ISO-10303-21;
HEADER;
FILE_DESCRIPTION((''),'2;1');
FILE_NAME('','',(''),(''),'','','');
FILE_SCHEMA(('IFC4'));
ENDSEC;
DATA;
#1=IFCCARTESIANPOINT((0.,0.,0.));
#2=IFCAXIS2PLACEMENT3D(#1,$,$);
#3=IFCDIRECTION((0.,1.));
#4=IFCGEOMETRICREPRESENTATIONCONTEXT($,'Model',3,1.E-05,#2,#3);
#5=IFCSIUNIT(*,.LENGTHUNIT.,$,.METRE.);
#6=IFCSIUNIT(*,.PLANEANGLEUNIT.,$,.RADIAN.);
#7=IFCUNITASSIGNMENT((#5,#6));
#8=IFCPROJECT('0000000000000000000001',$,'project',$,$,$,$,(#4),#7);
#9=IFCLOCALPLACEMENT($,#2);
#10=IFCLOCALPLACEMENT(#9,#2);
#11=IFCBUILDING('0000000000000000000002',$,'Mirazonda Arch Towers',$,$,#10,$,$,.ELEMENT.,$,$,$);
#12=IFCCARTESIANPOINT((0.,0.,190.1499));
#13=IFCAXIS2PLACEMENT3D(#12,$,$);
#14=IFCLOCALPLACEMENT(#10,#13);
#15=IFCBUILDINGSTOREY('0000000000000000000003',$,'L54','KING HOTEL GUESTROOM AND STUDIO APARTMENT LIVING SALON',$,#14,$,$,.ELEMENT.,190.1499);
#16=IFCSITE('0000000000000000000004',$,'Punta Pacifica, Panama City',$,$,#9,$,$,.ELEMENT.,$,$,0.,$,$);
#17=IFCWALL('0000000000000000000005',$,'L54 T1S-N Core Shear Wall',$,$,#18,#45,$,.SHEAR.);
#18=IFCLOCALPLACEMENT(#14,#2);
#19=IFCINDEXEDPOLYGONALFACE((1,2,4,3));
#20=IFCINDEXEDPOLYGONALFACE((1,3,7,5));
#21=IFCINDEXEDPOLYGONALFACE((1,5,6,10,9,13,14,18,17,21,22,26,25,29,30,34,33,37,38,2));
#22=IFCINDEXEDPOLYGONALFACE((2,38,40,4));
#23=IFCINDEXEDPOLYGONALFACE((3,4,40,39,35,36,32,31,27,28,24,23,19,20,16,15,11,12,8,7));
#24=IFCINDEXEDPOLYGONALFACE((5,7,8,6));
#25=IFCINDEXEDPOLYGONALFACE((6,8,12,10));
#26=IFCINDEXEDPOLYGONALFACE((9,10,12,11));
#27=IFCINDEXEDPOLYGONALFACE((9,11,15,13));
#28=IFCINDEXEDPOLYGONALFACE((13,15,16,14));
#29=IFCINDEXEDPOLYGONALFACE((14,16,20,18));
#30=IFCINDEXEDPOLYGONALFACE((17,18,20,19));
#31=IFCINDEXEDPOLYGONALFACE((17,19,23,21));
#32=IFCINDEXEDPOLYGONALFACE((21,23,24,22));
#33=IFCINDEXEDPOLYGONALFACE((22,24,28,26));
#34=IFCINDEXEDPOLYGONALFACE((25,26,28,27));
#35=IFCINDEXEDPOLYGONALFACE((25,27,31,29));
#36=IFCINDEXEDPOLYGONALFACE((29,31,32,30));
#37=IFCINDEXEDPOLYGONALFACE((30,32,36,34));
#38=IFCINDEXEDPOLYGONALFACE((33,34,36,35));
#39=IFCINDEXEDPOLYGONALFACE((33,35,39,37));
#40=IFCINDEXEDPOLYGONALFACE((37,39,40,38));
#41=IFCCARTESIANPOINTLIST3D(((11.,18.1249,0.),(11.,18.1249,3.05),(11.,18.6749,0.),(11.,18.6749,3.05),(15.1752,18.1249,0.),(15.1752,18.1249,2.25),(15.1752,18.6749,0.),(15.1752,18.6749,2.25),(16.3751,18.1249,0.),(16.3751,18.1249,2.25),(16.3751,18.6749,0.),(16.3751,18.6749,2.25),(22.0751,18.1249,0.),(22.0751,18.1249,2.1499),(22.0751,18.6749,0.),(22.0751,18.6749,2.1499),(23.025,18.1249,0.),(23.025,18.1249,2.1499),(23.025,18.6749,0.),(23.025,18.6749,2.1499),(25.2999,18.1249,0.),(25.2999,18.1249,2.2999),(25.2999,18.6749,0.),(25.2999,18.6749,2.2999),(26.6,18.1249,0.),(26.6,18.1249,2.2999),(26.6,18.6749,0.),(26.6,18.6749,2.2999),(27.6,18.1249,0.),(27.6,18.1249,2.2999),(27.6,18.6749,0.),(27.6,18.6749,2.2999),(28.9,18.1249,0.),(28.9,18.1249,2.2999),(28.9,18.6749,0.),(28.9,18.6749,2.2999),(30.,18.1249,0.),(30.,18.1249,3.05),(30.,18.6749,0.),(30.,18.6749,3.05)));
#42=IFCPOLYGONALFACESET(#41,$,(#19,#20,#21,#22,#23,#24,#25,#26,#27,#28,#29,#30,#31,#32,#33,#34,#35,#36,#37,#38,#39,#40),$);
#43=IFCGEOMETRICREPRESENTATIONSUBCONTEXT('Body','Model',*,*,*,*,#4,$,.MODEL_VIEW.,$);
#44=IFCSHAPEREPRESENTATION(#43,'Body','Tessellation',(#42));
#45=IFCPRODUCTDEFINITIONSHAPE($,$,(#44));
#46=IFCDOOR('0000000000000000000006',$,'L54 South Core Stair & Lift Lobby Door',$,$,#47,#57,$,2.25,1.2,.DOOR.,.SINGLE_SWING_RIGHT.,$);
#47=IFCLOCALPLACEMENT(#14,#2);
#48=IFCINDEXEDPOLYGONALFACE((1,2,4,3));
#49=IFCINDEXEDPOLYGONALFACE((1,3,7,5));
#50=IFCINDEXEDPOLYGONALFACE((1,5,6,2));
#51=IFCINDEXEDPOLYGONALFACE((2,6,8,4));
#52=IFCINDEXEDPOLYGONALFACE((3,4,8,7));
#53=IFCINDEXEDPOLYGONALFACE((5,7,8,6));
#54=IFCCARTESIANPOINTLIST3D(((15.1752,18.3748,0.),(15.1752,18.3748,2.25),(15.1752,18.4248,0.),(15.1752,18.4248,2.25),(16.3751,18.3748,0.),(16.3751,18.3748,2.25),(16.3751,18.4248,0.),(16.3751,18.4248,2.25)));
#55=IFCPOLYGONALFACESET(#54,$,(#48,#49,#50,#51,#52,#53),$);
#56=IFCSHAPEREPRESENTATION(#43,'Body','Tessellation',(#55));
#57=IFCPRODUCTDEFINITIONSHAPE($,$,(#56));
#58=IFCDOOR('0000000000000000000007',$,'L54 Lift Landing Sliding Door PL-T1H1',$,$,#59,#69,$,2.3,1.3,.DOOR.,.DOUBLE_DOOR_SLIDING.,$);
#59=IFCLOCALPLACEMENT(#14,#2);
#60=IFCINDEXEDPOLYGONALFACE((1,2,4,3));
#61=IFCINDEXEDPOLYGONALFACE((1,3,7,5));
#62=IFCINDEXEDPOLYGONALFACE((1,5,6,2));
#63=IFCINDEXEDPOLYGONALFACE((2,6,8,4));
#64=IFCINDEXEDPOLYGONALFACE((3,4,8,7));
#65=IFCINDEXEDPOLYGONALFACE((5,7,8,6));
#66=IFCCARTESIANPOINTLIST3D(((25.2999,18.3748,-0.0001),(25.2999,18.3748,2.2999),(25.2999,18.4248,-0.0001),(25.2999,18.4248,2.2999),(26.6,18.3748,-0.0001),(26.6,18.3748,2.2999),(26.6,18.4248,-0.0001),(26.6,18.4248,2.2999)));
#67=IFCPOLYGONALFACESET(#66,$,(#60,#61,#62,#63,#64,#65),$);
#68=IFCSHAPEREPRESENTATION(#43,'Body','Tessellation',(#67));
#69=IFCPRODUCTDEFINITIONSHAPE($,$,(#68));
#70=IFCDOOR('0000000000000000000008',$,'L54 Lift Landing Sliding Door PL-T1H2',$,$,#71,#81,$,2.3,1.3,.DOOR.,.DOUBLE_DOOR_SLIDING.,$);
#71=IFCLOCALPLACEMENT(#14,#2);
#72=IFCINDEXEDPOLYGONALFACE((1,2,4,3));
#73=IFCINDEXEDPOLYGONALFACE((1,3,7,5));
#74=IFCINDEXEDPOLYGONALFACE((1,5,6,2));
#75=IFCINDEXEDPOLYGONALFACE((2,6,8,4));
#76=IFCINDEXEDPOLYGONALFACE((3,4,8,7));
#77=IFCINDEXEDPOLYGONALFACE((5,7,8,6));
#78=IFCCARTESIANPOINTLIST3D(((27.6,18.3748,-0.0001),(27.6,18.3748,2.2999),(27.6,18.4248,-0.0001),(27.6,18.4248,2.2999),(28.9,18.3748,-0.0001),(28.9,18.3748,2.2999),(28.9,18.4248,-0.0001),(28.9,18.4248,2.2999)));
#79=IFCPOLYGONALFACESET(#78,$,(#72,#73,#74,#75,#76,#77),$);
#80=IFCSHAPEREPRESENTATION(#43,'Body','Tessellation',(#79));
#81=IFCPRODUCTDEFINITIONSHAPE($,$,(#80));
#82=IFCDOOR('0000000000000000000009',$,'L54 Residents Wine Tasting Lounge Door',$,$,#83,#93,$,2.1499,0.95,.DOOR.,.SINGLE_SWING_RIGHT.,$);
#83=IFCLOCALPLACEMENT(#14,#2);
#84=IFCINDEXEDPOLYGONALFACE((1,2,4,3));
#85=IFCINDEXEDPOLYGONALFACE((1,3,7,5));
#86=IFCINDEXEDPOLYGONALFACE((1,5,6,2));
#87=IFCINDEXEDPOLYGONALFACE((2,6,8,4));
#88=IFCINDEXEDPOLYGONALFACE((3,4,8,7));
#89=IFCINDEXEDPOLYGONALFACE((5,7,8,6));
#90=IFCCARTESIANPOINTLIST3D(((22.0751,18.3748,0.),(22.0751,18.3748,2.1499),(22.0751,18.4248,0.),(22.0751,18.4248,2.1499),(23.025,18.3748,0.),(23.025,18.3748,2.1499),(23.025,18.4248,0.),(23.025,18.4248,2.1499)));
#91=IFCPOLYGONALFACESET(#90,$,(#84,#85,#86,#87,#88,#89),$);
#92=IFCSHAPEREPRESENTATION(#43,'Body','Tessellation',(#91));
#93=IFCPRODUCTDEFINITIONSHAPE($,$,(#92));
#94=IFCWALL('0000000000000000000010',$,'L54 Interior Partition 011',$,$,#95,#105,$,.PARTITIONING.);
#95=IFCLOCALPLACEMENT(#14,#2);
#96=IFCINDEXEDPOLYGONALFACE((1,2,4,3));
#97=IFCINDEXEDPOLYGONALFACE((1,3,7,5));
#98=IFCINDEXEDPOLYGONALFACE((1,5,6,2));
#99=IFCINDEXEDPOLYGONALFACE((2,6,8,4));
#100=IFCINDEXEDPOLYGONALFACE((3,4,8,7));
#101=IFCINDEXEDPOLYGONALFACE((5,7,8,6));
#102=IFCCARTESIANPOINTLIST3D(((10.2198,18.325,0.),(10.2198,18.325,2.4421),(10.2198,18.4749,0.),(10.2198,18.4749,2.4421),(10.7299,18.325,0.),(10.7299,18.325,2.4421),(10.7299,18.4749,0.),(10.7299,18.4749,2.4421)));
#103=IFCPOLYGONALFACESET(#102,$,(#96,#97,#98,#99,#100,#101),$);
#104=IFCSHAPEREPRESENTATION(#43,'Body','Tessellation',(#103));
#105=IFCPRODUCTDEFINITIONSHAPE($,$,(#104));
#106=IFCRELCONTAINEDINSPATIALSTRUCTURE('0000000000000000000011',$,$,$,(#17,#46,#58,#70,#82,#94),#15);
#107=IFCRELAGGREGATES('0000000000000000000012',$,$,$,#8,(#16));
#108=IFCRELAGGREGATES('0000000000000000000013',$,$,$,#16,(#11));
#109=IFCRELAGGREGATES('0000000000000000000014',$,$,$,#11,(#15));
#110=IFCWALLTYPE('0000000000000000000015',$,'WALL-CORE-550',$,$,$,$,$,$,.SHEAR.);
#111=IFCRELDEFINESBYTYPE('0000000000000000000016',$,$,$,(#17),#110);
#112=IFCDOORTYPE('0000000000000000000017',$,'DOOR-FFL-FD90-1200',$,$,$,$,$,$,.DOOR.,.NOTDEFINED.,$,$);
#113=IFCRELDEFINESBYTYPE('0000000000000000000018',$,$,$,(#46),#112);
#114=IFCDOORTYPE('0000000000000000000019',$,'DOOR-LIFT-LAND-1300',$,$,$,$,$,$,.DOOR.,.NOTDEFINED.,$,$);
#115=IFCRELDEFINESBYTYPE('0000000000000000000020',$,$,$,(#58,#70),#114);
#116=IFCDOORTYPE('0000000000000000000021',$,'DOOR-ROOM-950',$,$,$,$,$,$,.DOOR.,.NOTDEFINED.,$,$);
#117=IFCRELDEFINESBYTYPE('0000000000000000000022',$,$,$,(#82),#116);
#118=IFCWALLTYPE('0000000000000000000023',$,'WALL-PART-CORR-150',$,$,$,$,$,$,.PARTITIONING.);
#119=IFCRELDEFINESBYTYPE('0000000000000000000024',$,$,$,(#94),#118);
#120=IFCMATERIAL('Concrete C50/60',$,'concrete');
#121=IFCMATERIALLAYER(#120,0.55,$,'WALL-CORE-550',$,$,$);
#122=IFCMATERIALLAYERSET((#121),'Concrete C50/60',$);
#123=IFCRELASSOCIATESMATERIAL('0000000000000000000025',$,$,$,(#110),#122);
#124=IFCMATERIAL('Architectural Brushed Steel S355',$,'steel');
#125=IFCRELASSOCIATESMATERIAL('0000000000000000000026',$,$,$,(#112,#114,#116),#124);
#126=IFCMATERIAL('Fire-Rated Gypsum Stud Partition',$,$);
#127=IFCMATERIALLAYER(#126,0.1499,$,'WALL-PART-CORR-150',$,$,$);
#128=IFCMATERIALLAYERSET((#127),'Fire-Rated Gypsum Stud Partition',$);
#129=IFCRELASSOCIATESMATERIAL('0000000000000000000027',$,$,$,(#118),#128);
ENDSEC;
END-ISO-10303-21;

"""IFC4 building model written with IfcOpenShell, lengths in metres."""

from ifc_helpers import new_model, si_unit, direction, frame, frame_2d, origin, place, context, subcontext, project, spatial, rectangle, extrude, material, layer, layer_set, type_object, element, fill, save


model = new_model("IFC4")

# Units and contexts
model_context = context("Model", 3, precision=1e-05, world=origin(), true_north=direction((0.0, 1.0)))
body_context = subcontext(model_context, "Body", "Model", "MODEL_VIEW")
ifc_project = project(units=[si_unit("LENGTHUNIT", "METRE"), si_unit("PLANEANGLEUNIT", "RADIAN")], contexts=[model_context])

# Site, building, storey
site_placement = place(None, origin())
site = spatial("IfcSite", under=ifc_project, at=site_placement, Name="Punta Pacifica, Panama City", CompositionType="ELEMENT", RefElevation=0.0)
building_placement = place(site_placement, origin())
building = spatial("IfcBuilding", under=site, at=building_placement, Name="Mirazonda Arch Towers", CompositionType="ELEMENT")
storey_placement = place(building_placement, frame((0.0, 0.0, 190.1499)))
storey = spatial("IfcBuildingStorey", under=building, at=storey_placement, Name="L54", Description="KING HOTEL GUESTROOM AND STUDIO APARTMENT LIVING SALON", CompositionType="ELEMENT", Elevation=190.1499)

# Shared definitions
ifc_material_1 = material(Name="Concrete C50/60", Category="concrete")

# Shared definitions
ifc_material_2 = material(Name="Architectural Brushed Steel S355", Category="steel")

# Wall, openings, doors
ifc_layer_1 = layer(ifc_material_1, 0.55, Name="WALL-CORE-550")
ifc_layer_set_1 = layer_set([ifc_layer_1], Name="Concrete C50/60")
wall_type_1 = type_object("IfcWallType", Name="WALL-CORE-550", PredefinedType="SHEAR", material=ifc_layer_set_1)
wall_1_placement = place(storey_placement, frame((11.0, 18.3999, 0.0), z_axis=(0.0, 0.0, 1.0), x_axis=(1.0, 0.0, 0.0)))
wall_1 = element("IfcWall", 1, at=wall_1_placement, inside=storey, type_object=wall_type_1, Name="L54 T1S-N Core Shear Wall", PredefinedType="SHEAR", context=body_context, shape_type="SweptSolid", body=[
    extrude(rectangle(XDim=19.0, YDim=0.55, at=frame_2d((9.5, 0.0))), origin(), (0.0, 0.0, 1.0), 3.05),
])
opening_1_placement = place(wall_1_placement, frame((4.175, 0.0, 0.0)))
opening_1 = element("IfcOpeningElement", 2, at=opening_1_placement, cuts=wall_1, PredefinedType="OPENING", context=body_context, shape_type="SweptSolid", body=[
    extrude(rectangle(XDim=1.2, YDim=2.25, at=frame_2d((0.6001, 1.125))), frame((0.0, 0.2849, 0.0), z_axis=(0.0, -1.0, 0.0), x_axis=(1.0, 0.0, 0.0)), (0.0, 0.0, 1.0), 0.5701),
])
opening_2_placement = place(wall_1_placement, frame((11.075, 0.0, 0.0)))
opening_2 = element("IfcOpeningElement", 3, at=opening_2_placement, cuts=wall_1, PredefinedType="OPENING", context=body_context, shape_type="SweptSolid", body=[
    extrude(rectangle(XDim=0.95, YDim=2.1499, at=frame_2d((0.4751, 1.075))), frame((0.0, 0.2849, 0.0), z_axis=(0.0, -1.0, 0.0), x_axis=(1.0, 0.0, 0.0)), (0.0, 0.0, 1.0), 0.5701),
])
opening_3_placement = place(wall_1_placement, frame((14.3, 0.0, 0.0)))
opening_3 = element("IfcOpeningElement", 4, at=opening_3_placement, cuts=wall_1, PredefinedType="OPENING", context=body_context, shape_type="SweptSolid", body=[
    extrude(rectangle(XDim=1.3, YDim=2.3, at=frame_2d((0.6499, 1.1499))), frame((0.0, 0.2849, 0.0), z_axis=(0.0, -1.0, 0.0), x_axis=(1.0, 0.0, 0.0)), (0.0, 0.0, 1.0), 0.5701),
])
opening_4_placement = place(wall_1_placement, frame((16.6001, 0.0, 0.0)))
opening_4 = element("IfcOpeningElement", 5, at=opening_4_placement, cuts=wall_1, PredefinedType="OPENING", context=body_context, shape_type="SweptSolid", body=[
    extrude(rectangle(XDim=1.3, YDim=2.3, at=frame_2d((0.6499, 1.1499))), frame((0.0, 0.2849, 0.0), z_axis=(0.0, -1.0, 0.0), x_axis=(1.0, 0.0, 0.0)), (0.0, 0.0, 1.0), 0.5701),
])
door_type_1 = type_object("IfcDoorType", Name="DOOR-FFL-FD90-1200", OperationType="NOTDEFINED", PredefinedType="DOOR", material=ifc_material_2)
door_1_placement = place(opening_1_placement, origin())
door_1 = element("IfcDoor", 6, at=door_1_placement, inside=storey, type_object=door_type_1, Name="L54 South Core Stair & Lift Lobby Door", OperationType="SINGLE_SWING_RIGHT", OverallHeight=2.25, OverallWidth=1.2, PredefinedType="DOOR", context=body_context, shape_type="SweptSolid", body=[
    extrude(rectangle(XDim=1.2, YDim=2.25, at=frame_2d((0.6001, 1.125))), frame((0.0, 0.0249, 0.0), z_axis=(0.0, -1.0, 0.0), x_axis=(1.0, 0.0, 0.0)), (0.0, 0.0, 1.0), 0.05),
])
fill(opening_1, door_1)
door_type_2 = type_object("IfcDoorType", Name="DOOR-LIFT-LAND-1300", OperationType="NOTDEFINED", PredefinedType="DOOR", material=ifc_material_2)
door_2_placement = place(opening_3_placement, origin())
door_2 = element("IfcDoor", 7, at=door_2_placement, inside=storey, type_object=door_type_2, Name="L54 Lift Landing Sliding Door PL-T1H1", OperationType="DOUBLE_DOOR_SLIDING", OverallHeight=2.3, OverallWidth=1.3, PredefinedType="DOOR", context=body_context, shape_type="SweptSolid", body=[
    extrude(rectangle(XDim=1.3, YDim=2.3, at=frame_2d((0.6499, 1.1499))), frame((0.0, 0.0249, 0.0), z_axis=(0.0, -1.0, 0.0), x_axis=(1.0, 0.0, 0.0)), (0.0, 0.0, 1.0), 0.05),
])
fill(opening_3, door_2)
door_3_placement = place(opening_4_placement, origin())
door_3 = element("IfcDoor", 8, at=door_3_placement, inside=storey, type_object=door_type_2, Name="L54 Lift Landing Sliding Door PL-T1H2", OperationType="DOUBLE_DOOR_SLIDING", OverallHeight=2.3, OverallWidth=1.3, PredefinedType="DOOR", context=body_context, shape_type="SweptSolid", body=[
    extrude(rectangle(XDim=1.3, YDim=2.3, at=frame_2d((0.6499, 1.1499))), frame((0.0, 0.0249, 0.0), z_axis=(0.0, -1.0, 0.0), x_axis=(1.0, 0.0, 0.0)), (0.0, 0.0, 1.0), 0.05),
])
fill(opening_4, door_3)
door_type_3 = type_object("IfcDoorType", Name="DOOR-ROOM-950", OperationType="NOTDEFINED", PredefinedType="DOOR", material=ifc_material_2)
door_4_placement = place(opening_2_placement, origin())
door_4 = element("IfcDoor", 9, at=door_4_placement, inside=storey, type_object=door_type_3, Name="L54 Residents Wine Tasting Lounge Door", OperationType="SINGLE_SWING_RIGHT", OverallHeight=2.1499, OverallWidth=0.95, PredefinedType="DOOR", context=body_context, shape_type="SweptSolid", body=[
    extrude(rectangle(XDim=0.95, YDim=2.1499, at=frame_2d((0.4751, 1.075))), frame((0.0, 0.0249, 0.0), z_axis=(0.0, -1.0, 0.0), x_axis=(1.0, 0.0, 0.0)), (0.0, 0.0, 1.0), 0.05),
])
fill(opening_2, door_4)

# Wall
ifc_material_3 = material(Name="Fire-Rated Gypsum Stud Partition")
ifc_layer_2 = layer(ifc_material_3, 0.1499, Name="WALL-PART-CORR-150")
ifc_layer_set_2 = layer_set([ifc_layer_2], Name="Fire-Rated Gypsum Stud Partition")
wall_type_2 = type_object("IfcWallType", Name="WALL-PART-CORR-150", PredefinedType="PARTITIONING", material=ifc_layer_set_2)
wall_2_placement = place(storey_placement, frame((10.22, 18.3999, 0.0), z_axis=(0.0, 0.0, 1.0), x_axis=(1.0, 0.0, 0.0)))
element("IfcWall", 10, at=wall_2_placement, inside=storey, type_object=wall_type_2, Name="L54 Interior Partition 011", PredefinedType="PARTITIONING", context=body_context, shape_type="SweptSolid", body=[
    extrude(rectangle(XDim=0.51, YDim=0.1499, at=frame_2d((0.2549, 0.0))), origin(), (0.0, 0.0, 1.0), 2.4421),
])

save(model, "model.ifc")
